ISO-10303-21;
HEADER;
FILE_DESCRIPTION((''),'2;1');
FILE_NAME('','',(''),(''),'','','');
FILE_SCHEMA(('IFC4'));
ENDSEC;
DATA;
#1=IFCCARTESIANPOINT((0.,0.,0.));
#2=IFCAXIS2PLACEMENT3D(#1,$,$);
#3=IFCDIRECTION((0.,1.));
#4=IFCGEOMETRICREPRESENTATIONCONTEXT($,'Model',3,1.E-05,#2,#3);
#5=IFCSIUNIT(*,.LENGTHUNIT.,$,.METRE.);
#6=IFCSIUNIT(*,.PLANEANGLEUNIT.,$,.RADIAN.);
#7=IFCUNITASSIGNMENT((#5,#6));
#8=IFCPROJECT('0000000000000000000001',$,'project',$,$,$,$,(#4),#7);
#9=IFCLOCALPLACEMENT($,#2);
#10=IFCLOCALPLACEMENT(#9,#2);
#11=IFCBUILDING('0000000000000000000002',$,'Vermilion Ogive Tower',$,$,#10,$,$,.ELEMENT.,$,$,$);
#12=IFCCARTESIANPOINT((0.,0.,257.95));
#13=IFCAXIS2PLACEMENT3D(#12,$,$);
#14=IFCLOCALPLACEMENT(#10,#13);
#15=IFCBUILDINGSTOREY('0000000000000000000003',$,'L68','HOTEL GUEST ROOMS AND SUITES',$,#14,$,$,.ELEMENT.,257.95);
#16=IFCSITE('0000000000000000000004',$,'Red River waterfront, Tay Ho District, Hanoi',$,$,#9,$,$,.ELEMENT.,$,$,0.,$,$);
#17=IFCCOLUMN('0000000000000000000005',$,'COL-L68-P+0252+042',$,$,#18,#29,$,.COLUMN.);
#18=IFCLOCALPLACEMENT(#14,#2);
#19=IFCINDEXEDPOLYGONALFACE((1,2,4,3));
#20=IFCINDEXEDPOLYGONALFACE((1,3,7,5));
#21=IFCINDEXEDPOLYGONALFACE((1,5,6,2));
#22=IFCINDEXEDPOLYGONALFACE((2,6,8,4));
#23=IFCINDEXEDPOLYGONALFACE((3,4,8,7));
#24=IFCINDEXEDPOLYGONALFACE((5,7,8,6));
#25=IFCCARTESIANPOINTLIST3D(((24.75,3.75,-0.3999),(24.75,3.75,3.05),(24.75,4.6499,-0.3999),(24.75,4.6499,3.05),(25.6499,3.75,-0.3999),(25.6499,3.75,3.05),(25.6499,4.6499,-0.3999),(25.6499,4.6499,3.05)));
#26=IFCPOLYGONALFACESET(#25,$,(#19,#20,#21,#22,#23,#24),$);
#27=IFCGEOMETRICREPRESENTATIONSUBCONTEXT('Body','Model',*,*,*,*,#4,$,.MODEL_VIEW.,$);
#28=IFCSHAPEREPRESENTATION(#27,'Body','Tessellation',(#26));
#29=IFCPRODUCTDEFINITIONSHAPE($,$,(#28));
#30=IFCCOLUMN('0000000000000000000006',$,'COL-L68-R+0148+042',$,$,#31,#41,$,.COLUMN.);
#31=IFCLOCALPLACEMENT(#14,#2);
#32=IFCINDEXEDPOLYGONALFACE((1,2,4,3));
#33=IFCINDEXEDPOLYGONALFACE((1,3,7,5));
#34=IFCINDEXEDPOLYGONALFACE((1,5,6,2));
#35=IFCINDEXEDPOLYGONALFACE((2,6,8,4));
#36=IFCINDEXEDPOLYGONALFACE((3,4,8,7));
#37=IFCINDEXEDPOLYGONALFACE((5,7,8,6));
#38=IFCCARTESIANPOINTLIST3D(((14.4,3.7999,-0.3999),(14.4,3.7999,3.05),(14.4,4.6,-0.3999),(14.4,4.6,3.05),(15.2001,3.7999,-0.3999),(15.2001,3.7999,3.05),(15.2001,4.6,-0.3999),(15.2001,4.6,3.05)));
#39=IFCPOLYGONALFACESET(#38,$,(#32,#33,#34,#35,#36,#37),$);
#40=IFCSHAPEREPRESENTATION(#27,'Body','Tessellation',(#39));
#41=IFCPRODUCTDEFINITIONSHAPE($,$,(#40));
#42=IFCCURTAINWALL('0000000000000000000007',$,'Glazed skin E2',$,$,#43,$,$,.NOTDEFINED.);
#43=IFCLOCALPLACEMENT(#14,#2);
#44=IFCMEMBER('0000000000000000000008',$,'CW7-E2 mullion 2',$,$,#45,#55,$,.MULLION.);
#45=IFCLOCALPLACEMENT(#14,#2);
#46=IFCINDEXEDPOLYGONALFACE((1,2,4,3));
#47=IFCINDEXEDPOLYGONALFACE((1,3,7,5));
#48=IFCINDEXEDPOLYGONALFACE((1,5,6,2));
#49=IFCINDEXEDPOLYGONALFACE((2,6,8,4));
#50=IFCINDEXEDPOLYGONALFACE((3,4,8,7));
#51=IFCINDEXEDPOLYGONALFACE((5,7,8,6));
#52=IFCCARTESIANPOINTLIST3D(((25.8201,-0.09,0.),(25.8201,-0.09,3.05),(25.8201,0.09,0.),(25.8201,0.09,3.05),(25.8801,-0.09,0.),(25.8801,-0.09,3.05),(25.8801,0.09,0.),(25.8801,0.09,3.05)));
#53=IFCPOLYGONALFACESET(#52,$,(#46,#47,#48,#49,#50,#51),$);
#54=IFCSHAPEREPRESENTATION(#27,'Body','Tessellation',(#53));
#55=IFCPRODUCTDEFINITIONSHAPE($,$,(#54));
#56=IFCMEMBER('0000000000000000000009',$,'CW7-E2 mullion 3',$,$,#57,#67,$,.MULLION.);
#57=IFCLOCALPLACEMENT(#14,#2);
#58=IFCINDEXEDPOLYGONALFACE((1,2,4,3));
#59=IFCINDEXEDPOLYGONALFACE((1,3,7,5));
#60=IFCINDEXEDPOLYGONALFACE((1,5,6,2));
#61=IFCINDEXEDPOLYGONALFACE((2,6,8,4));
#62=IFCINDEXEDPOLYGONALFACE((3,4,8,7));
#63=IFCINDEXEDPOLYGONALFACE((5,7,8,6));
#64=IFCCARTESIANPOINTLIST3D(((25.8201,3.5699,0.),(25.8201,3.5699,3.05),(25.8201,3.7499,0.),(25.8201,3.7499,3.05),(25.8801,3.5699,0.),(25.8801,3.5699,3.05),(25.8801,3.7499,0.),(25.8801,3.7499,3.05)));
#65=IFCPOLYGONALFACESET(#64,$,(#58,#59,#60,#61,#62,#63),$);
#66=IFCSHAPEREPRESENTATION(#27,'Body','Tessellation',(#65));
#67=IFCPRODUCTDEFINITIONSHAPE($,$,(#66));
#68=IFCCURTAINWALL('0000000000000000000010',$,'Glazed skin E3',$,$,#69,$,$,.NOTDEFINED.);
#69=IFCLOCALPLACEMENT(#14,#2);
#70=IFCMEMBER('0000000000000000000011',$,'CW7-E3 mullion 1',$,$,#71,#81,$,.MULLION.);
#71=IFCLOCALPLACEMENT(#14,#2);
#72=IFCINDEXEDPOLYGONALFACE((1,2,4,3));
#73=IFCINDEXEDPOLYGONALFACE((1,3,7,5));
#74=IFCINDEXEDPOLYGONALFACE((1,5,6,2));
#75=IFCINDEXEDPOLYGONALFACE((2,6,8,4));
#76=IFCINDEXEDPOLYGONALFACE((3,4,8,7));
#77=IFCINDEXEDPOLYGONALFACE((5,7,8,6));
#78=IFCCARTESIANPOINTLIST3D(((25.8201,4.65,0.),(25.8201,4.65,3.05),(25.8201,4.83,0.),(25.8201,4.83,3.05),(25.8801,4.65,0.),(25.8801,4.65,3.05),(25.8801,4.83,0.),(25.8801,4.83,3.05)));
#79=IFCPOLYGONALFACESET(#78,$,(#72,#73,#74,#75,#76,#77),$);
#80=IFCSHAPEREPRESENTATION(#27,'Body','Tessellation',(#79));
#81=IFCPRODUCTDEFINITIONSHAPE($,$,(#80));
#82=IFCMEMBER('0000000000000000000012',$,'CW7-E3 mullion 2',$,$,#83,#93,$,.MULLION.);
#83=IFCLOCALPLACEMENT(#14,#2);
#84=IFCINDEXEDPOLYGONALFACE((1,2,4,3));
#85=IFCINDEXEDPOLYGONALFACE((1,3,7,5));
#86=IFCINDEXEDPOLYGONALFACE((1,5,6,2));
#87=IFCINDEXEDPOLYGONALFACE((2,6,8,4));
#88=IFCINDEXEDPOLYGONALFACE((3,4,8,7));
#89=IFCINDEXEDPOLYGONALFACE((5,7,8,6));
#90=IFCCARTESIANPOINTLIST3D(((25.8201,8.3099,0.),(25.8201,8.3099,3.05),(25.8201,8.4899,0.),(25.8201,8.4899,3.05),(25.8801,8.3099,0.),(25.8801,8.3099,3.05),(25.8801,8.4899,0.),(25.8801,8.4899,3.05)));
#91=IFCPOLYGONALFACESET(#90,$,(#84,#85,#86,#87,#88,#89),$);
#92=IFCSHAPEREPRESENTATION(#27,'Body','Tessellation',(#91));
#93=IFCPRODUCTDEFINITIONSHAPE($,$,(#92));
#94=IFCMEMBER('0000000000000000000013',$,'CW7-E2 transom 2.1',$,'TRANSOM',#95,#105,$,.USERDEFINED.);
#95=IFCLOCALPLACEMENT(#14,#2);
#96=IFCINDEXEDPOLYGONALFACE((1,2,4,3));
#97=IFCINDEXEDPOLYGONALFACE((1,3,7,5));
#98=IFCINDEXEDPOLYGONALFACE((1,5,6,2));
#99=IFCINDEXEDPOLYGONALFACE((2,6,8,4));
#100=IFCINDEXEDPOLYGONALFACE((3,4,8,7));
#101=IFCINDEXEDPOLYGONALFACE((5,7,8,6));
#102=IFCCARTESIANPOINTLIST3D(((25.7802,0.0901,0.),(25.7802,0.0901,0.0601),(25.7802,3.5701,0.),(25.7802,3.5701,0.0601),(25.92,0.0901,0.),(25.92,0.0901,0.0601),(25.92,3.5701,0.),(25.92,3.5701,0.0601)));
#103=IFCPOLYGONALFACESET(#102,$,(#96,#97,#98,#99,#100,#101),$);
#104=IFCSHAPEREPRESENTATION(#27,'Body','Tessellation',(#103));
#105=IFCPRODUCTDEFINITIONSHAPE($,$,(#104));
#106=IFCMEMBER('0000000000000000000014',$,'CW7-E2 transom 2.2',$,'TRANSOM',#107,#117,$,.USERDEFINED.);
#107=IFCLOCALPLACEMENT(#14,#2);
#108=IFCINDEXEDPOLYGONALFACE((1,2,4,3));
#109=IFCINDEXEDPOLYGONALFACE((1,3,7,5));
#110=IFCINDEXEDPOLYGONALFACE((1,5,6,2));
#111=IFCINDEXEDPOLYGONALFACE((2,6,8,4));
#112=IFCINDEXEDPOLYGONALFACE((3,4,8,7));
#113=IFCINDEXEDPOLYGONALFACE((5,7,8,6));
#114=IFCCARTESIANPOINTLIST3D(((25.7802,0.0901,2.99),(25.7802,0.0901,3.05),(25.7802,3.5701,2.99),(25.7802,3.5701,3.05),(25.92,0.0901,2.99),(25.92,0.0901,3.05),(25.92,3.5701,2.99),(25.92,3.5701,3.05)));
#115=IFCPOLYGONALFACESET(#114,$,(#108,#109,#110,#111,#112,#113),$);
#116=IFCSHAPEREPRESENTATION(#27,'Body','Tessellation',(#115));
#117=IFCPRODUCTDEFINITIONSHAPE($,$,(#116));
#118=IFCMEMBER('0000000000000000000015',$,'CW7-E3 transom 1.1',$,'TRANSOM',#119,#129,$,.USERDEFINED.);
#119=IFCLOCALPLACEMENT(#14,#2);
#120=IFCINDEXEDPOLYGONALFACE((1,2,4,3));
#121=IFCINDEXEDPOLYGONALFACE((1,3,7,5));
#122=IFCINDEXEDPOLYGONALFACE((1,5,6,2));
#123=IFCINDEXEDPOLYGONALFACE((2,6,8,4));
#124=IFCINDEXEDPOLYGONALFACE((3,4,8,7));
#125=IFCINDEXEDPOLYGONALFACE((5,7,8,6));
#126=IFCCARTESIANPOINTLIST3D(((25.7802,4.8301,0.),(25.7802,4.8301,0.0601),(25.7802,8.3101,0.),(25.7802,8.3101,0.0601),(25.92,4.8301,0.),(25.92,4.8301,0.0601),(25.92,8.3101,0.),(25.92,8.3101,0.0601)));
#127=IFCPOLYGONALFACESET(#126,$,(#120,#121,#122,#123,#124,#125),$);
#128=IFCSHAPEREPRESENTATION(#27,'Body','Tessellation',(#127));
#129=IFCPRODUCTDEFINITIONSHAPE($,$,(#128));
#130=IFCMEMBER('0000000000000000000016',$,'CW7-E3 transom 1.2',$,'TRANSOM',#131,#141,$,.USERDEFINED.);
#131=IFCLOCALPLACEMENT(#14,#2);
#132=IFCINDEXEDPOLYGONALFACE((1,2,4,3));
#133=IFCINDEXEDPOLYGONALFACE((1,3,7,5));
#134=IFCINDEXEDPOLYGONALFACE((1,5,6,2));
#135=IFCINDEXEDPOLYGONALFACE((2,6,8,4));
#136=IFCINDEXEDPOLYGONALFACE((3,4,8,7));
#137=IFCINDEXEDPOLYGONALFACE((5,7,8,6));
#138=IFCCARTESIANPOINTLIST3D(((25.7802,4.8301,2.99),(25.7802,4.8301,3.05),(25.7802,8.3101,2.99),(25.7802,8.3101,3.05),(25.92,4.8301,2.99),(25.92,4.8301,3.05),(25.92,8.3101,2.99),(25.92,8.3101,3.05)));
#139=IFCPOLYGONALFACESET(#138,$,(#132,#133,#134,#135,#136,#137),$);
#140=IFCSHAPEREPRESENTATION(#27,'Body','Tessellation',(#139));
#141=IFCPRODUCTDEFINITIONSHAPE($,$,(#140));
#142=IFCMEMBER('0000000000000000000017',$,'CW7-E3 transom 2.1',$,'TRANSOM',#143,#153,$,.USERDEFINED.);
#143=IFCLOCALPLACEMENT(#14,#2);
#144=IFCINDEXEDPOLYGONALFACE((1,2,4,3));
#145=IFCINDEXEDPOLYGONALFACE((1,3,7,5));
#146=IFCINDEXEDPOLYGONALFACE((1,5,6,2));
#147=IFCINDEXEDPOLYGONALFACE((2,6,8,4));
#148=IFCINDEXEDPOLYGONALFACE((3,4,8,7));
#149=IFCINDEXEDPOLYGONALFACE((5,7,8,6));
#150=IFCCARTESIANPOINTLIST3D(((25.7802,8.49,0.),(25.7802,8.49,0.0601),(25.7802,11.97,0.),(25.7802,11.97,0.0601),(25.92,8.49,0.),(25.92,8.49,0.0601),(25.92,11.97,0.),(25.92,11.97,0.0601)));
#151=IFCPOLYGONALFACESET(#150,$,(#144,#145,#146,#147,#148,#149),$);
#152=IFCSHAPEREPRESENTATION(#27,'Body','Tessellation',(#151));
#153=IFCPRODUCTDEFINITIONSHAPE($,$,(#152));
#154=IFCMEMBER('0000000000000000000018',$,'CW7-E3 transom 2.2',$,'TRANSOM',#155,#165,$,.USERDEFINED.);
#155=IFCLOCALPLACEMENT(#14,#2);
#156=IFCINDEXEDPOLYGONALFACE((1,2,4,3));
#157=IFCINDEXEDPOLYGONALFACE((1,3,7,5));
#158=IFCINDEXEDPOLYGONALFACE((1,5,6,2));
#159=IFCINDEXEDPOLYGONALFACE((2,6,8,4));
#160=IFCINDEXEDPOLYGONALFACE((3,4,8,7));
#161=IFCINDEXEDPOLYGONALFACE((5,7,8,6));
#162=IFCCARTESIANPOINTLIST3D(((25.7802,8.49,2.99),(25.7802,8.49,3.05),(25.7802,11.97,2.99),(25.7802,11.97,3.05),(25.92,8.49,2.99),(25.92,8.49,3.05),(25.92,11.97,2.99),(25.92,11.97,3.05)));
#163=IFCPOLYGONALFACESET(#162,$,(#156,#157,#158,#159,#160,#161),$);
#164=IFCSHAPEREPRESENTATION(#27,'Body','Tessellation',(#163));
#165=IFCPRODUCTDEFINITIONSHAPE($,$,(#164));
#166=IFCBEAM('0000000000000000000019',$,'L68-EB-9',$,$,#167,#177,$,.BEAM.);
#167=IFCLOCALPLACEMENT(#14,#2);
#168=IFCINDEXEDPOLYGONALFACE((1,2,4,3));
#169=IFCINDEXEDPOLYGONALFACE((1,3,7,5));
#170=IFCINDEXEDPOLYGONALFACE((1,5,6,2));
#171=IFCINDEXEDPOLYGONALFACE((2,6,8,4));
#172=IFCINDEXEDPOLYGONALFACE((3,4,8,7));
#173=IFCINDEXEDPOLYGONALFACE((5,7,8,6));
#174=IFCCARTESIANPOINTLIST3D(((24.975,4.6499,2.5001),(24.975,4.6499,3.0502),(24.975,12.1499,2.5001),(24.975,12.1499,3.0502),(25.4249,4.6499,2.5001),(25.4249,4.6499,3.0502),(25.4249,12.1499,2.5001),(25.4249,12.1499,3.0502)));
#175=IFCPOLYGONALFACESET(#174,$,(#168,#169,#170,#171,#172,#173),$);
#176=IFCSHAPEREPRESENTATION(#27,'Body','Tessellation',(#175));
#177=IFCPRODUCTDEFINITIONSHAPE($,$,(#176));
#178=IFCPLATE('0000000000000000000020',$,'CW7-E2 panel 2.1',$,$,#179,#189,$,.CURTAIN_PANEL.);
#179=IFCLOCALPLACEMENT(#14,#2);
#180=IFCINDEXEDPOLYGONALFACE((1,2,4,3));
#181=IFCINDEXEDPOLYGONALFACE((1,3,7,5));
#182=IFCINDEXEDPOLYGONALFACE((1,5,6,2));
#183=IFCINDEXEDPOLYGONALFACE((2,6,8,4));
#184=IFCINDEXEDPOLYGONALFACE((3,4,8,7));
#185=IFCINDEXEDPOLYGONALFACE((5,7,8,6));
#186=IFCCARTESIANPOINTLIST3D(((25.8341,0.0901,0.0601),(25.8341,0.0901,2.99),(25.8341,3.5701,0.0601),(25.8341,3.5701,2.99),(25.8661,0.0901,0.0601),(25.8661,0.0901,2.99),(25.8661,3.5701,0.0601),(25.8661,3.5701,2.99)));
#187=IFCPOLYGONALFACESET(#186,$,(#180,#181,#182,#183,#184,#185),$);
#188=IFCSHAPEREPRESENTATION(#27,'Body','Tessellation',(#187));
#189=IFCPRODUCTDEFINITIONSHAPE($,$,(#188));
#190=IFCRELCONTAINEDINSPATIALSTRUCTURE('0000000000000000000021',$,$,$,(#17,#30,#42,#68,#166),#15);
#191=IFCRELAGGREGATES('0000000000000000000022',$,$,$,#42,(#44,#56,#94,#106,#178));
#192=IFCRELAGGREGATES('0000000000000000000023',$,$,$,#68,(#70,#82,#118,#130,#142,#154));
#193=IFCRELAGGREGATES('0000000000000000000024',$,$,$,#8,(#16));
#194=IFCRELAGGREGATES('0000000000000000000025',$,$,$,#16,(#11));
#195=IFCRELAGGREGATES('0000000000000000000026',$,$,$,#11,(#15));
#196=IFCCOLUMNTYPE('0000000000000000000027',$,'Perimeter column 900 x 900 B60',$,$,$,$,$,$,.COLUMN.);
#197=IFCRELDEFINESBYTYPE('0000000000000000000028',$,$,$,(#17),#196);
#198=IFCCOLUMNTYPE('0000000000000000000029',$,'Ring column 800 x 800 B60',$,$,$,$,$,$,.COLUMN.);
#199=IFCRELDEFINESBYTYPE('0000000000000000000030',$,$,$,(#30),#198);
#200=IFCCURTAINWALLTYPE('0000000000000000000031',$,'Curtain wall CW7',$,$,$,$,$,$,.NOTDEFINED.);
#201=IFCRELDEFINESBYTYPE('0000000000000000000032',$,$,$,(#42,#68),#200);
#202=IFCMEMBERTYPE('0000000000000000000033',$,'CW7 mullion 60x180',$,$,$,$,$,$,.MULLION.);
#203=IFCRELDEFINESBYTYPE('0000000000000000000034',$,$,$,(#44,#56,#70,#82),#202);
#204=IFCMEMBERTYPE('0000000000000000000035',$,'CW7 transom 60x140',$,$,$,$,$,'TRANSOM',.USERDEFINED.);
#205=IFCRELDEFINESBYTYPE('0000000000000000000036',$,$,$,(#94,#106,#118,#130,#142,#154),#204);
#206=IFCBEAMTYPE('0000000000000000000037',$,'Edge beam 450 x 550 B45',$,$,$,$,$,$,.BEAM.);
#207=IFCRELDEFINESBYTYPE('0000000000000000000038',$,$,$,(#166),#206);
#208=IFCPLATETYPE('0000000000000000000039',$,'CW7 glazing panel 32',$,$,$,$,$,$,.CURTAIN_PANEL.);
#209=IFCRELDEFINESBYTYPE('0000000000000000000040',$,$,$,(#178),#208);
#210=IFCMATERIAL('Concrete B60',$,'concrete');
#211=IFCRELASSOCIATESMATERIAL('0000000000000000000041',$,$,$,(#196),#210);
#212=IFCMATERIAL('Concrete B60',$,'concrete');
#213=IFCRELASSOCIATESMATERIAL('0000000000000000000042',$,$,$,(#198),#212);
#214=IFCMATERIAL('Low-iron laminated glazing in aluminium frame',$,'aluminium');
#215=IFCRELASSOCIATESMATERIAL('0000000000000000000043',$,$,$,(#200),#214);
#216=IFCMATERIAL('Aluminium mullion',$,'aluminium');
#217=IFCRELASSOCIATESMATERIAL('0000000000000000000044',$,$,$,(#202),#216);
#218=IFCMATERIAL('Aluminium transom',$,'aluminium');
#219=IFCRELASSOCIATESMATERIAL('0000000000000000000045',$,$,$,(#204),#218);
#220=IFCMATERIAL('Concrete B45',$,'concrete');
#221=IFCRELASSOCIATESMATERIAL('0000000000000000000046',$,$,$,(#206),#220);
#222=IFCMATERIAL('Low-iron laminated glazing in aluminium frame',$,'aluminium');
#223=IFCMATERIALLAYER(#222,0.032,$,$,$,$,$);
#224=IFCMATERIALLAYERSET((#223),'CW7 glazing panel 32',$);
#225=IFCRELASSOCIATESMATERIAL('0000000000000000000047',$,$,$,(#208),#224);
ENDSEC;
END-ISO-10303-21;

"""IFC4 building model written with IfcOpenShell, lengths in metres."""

from ifc_helpers import new_model, si_unit, direction, frame, origin, origin_2d, place, context, subcontext, project, spatial, rectangle, extrude, material, layer, layer_set, material_profile, profile_set, type_object, element, aggregate, save


model = new_model("IFC4")

# Units and contexts
model_context = context("Model", 3, precision=1e-05, world=origin(), true_north=direction((0.0, 1.0)))
body_context = subcontext(model_context, "Body", "Model", "MODEL_VIEW")
ifc_project = project(units=[si_unit("LENGTHUNIT", "METRE"), si_unit("PLANEANGLEUNIT", "RADIAN")], contexts=[model_context])

# Site, building, storey
site_placement = place(None, origin())
site = spatial("IfcSite", under=ifc_project, at=site_placement, Name="Red River waterfront, Tay Ho District, Hanoi", CompositionType="ELEMENT", RefElevation=0.0)
building_placement = place(site_placement, origin())
building = spatial("IfcBuilding", under=site, at=building_placement, Name="Vermilion Ogive Tower", CompositionType="ELEMENT")
storey_placement = place(building_placement, frame((0.0, 0.0, 257.95)))
storey = spatial("IfcBuildingStorey", under=building, at=storey_placement, Name="L68", Description="HOTEL GUEST ROOMS AND SUITES", CompositionType="ELEMENT", Elevation=257.95)

# Columns
ifc_material_1 = material(Name="Concrete B60", Category="concrete")
ifc_material_profile_1 = material_profile(ifc_material_1, rectangle(XDim=0.8999, YDim=0.8999, at=origin_2d()), Name="900 x 900")
ifc_profile_set_1 = profile_set([ifc_material_profile_1], Name="Concrete B60")
column_type_1 = type_object("IfcColumnType", Name="Perimeter column 900 x 900 B60", PredefinedType="COLUMN", material=ifc_profile_set_1)
column_1_placement = place(storey_placement, frame((25.2, 4.2, -0.3999), z_axis=(0.0, 0.0, 1.0), x_axis=(1.0, 0.0, 0.0)))
element("IfcColumn", 1, at=column_1_placement, inside=storey, type_object=column_type_1, Name="COL-L68-P+0252+042", PredefinedType="COLUMN", context=body_context, shape_type="SweptSolid", body=[
    extrude(rectangle(XDim=0.8999, YDim=0.8999, at=origin_2d()), origin(), (0.0, 0.0, 1.0), 3.45),
])
ifc_material_2 = material(Name="Concrete B60", Category="concrete")
ifc_material_profile_2 = material_profile(ifc_material_2, rectangle(XDim=0.8, YDim=0.8, at=origin_2d()), Name="800 x 800")
ifc_profile_set_2 = profile_set([ifc_material_profile_2], Name="Concrete B60")
column_type_2 = type_object("IfcColumnType", Name="Ring column 800 x 800 B60", PredefinedType="COLUMN", material=ifc_profile_set_2)
column_2_placement = place(storey_placement, frame((14.8, 4.2, -0.3999), z_axis=(0.0, 0.0, 1.0), x_axis=(1.0, 0.0, 0.0)))
element("IfcColumn", 2, at=column_2_placement, inside=storey, type_object=column_type_2, Name="COL-L68-R+0148+042", PredefinedType="COLUMN", context=body_context, shape_type="SweptSolid", body=[
    extrude(rectangle(XDim=0.8, YDim=0.8, at=origin_2d()), origin(), (0.0, 0.0, 1.0), 3.45),
])

# Curtain walls, members
ifc_material_3 = material(Name="Low-iron laminated glazing in aluminium frame", Category="aluminium")
curtain_wall_type = type_object("IfcCurtainWallType", Name="Curtain wall CW7", PredefinedType="NOTDEFINED", material=ifc_material_3)
curtain_wall_1_placement = place(storey_placement, origin())
curtain_wall_1 = element("IfcCurtainWall", 3, at=curtain_wall_1_placement, inside=storey, type_object=curtain_wall_type, Name="Glazed skin E2", PredefinedType="NOTDEFINED")
ifc_material_4 = material(Name="Aluminium mullion", Category="aluminium")
ifc_material_profile_3 = material_profile(ifc_material_4, rectangle(XDim=0.0601, YDim=0.1799, at=origin_2d()), Name="AL 60x180")
ifc_profile_set_3 = profile_set([ifc_material_profile_3], Name="Aluminium mullion")
member_type_1 = type_object("IfcMemberType", Name="CW7 mullion 60x180", PredefinedType="MULLION", material=ifc_profile_set_3)
member_1_placement = place(storey_placement, frame((25.8501, 0.0, 0.0), z_axis=(0.0, 0.0, 1.0), x_axis=(-1.0, 0.0, 0.0)))
member_1 = element("IfcMember", 4, at=member_1_placement, type_object=member_type_1, Name="CW7-E2 mullion 2", PredefinedType="MULLION", context=body_context, shape_type="SweptSolid", body=[
    extrude(rectangle(XDim=0.0601, YDim=0.1799, at=origin_2d()), origin(), (0.0, 0.0, 1.0), 3.05),
])
member_2_placement = place(storey_placement, frame((25.8501, 3.6599, 0.0), z_axis=(0.0, 0.0, 1.0), x_axis=(-1.0, 0.0, 0.0)))
member_2 = element("IfcMember", 5, at=member_2_placement, type_object=member_type_1, Name="CW7-E2 mullion 3", PredefinedType="MULLION", context=body_context, shape_type="SweptSolid", body=[
    extrude(rectangle(XDim=0.0601, YDim=0.1799, at=origin_2d()), origin(), (0.0, 0.0, 1.0), 3.05),
])
curtain_wall_2_placement = place(storey_placement, origin())
curtain_wall_2 = element("IfcCurtainWall", 6, at=curtain_wall_2_placement, inside=storey, type_object=curtain_wall_type, Name="Glazed skin E3", PredefinedType="NOTDEFINED")
member_3_placement = place(storey_placement, frame((25.8501, 4.74, 0.0), z_axis=(0.0, 0.0, 1.0), x_axis=(-1.0, 0.0, 0.0)))
member_3 = element("IfcMember", 7, at=member_3_placement, type_object=member_type_1, Name="CW7-E3 mullion 1", PredefinedType="MULLION", context=body_context, shape_type="SweptSolid", body=[
    extrude(rectangle(XDim=0.0601, YDim=0.1799, at=origin_2d()), origin(), (0.0, 0.0, 1.0), 3.05),
])
member_4_placement = place(storey_placement, frame((25.8501, 8.3999, 0.0), z_axis=(0.0, 0.0, 1.0), x_axis=(-1.0, 0.0, 0.0)))
member_4 = element("IfcMember", 8, at=member_4_placement, type_object=member_type_1, Name="CW7-E3 mullion 2", PredefinedType="MULLION", context=body_context, shape_type="SweptSolid", body=[
    extrude(rectangle(XDim=0.0601, YDim=0.1799, at=origin_2d()), origin(), (0.0, 0.0, 1.0), 3.05),
])

# Members
ifc_material_5 = material(Name="Aluminium transom", Category="aluminium")
ifc_material_profile_4 = material_profile(ifc_material_5, rectangle(XDim=0.1399, YDim=0.0601, at=origin_2d()), Name="AL 60x140")
ifc_profile_set_4 = profile_set([ifc_material_profile_4], Name="Aluminium transom")
member_type_2 = type_object("IfcMemberType", Name="CW7 transom 60x140", ElementType="TRANSOM", PredefinedType="USERDEFINED", material=ifc_profile_set_4)
member_5_placement = place(storey_placement, frame((25.8501, 0.0901, 0.03), z_axis=(0.0, 1.0, 0.0), x_axis=(-1.0, 0.0, 0.0)))
member_5 = element("IfcMember", 9, at=member_5_placement, type_object=member_type_2, Name="CW7-E2 transom 2.1", ObjectType="TRANSOM", PredefinedType="USERDEFINED", context=body_context, shape_type="SweptSolid", body=[
    extrude(rectangle(XDim=0.1399, YDim=0.0601, at=origin_2d()), origin(), (0.0, 0.0, 1.0), 3.48),
])
member_6_placement = place(storey_placement, frame((25.8501, 0.0901, 3.02), z_axis=(0.0, 1.0, 0.0), x_axis=(-1.0, 0.0, 0.0)))
member_6 = element("IfcMember", 10, at=member_6_placement, type_object=member_type_2, Name="CW7-E2 transom 2.2", ObjectType="TRANSOM", PredefinedType="USERDEFINED", context=body_context, shape_type="SweptSolid", body=[
    extrude(rectangle(XDim=0.1399, YDim=0.0601, at=origin_2d()), origin(), (0.0, 0.0, 1.0), 3.48),
])
member_7_placement = place(storey_placement, frame((25.8501, 4.8301, 0.03), z_axis=(0.0, 1.0, 0.0), x_axis=(-1.0, 0.0, 0.0)))
member_7 = element("IfcMember", 11, at=member_7_placement, type_object=member_type_2, Name="CW7-E3 transom 1.1", ObjectType="TRANSOM", PredefinedType="USERDEFINED", context=body_context, shape_type="SweptSolid", body=[
    extrude(rectangle(XDim=0.1399, YDim=0.0601, at=origin_2d()), origin(), (0.0, 0.0, 1.0), 3.48),
])
member_8_placement = place(storey_placement, frame((25.8501, 4.8301, 3.02), z_axis=(0.0, 1.0, 0.0), x_axis=(-1.0, 0.0, 0.0)))
member_8 = element("IfcMember", 12, at=member_8_placement, type_object=member_type_2, Name="CW7-E3 transom 1.2", ObjectType="TRANSOM", PredefinedType="USERDEFINED", context=body_context, shape_type="SweptSolid", body=[
    extrude(rectangle(XDim=0.1399, YDim=0.0601, at=origin_2d()), origin(), (0.0, 0.0, 1.0), 3.48),
])
member_9_placement = place(storey_placement, frame((25.8501, 8.49, 0.03), z_axis=(0.0, 1.0, 0.0), x_axis=(-1.0, 0.0, 0.0)))
member_9 = element("IfcMember", 13, at=member_9_placement, type_object=member_type_2, Name="CW7-E3 transom 2.1", ObjectType="TRANSOM", PredefinedType="USERDEFINED", context=body_context, shape_type="SweptSolid", body=[
    extrude(rectangle(XDim=0.1399, YDim=0.0601, at=origin_2d()), origin(), (0.0, 0.0, 1.0), 3.48),
])
member_10_placement = place(storey_placement, frame((25.8501, 8.49, 3.02), z_axis=(0.0, 1.0, 0.0), x_axis=(-1.0, 0.0, 0.0)))
member_10 = element("IfcMember", 14, at=member_10_placement, type_object=member_type_2, Name="CW7-E3 transom 2.2", ObjectType="TRANSOM", PredefinedType="USERDEFINED", context=body_context, shape_type="SweptSolid", body=[
    extrude(rectangle(XDim=0.1399, YDim=0.0601, at=origin_2d()), origin(), (0.0, 0.0, 1.0), 3.48),
])

# Beam
ifc_material_6 = material(Name="Concrete B45", Category="concrete")
ifc_material_profile_5 = material_profile(ifc_material_6, rectangle(XDim=0.45, YDim=0.55, at=origin_2d()), Name="450 x 550")
ifc_profile_set_5 = profile_set([ifc_material_profile_5], Name="Concrete B45")
beam_type = type_object("IfcBeamType", Name="Edge beam 450 x 550 B45", PredefinedType="BEAM", material=ifc_profile_set_5)
beam_placement = place(storey_placement, frame((25.2, 4.6499, 2.7751), z_axis=(0.0, 1.0, 0.0), x_axis=(-1.0, 0.0, 0.0)))
element("IfcBeam", 15, at=beam_placement, inside=storey, type_object=beam_type, Name="L68-EB-9", PredefinedType="BEAM", context=body_context, shape_type="SweptSolid", body=[
    extrude(rectangle(XDim=0.45, YDim=0.55, at=origin_2d()), origin(), (0.0, 0.0, 1.0), 7.5),
])

# Plate
ifc_material_7 = material(Name="Low-iron laminated glazing in aluminium frame", Category="aluminium")
ifc_layer_1 = layer(ifc_material_7, 0.032)
ifc_layer_set_1 = layer_set([ifc_layer_1], Name="CW7 glazing panel 32")
plate_type = type_object("IfcPlateType", Name="CW7 glazing panel 32", PredefinedType="CURTAIN_PANEL", material=ifc_layer_set_1)
plate_1_placement = place(storey_placement, frame((25.8501, 1.8301, 0.0601), z_axis=(0.0, 0.0, 1.0), x_axis=(0.0, 1.0, 0.0)))
plate_1 = element("IfcPlate", 16, at=plate_1_placement, type_object=plate_type, Name="CW7-E2 panel 2.1", PredefinedType="CURTAIN_PANEL", context=body_context, shape_type="SweptSolid", body=[
    extrude(rectangle(XDim=3.48, YDim=0.032, at=origin_2d()), origin(), (0.0, 0.0, 1.0), 2.9299),
])
aggregate(curtain_wall_1, [member_1, member_2, member_5, member_6, plate_1])
aggregate(curtain_wall_2, [member_3, member_4, member_7, member_8, member_9, member_10])

save(model, "model.ifc")
